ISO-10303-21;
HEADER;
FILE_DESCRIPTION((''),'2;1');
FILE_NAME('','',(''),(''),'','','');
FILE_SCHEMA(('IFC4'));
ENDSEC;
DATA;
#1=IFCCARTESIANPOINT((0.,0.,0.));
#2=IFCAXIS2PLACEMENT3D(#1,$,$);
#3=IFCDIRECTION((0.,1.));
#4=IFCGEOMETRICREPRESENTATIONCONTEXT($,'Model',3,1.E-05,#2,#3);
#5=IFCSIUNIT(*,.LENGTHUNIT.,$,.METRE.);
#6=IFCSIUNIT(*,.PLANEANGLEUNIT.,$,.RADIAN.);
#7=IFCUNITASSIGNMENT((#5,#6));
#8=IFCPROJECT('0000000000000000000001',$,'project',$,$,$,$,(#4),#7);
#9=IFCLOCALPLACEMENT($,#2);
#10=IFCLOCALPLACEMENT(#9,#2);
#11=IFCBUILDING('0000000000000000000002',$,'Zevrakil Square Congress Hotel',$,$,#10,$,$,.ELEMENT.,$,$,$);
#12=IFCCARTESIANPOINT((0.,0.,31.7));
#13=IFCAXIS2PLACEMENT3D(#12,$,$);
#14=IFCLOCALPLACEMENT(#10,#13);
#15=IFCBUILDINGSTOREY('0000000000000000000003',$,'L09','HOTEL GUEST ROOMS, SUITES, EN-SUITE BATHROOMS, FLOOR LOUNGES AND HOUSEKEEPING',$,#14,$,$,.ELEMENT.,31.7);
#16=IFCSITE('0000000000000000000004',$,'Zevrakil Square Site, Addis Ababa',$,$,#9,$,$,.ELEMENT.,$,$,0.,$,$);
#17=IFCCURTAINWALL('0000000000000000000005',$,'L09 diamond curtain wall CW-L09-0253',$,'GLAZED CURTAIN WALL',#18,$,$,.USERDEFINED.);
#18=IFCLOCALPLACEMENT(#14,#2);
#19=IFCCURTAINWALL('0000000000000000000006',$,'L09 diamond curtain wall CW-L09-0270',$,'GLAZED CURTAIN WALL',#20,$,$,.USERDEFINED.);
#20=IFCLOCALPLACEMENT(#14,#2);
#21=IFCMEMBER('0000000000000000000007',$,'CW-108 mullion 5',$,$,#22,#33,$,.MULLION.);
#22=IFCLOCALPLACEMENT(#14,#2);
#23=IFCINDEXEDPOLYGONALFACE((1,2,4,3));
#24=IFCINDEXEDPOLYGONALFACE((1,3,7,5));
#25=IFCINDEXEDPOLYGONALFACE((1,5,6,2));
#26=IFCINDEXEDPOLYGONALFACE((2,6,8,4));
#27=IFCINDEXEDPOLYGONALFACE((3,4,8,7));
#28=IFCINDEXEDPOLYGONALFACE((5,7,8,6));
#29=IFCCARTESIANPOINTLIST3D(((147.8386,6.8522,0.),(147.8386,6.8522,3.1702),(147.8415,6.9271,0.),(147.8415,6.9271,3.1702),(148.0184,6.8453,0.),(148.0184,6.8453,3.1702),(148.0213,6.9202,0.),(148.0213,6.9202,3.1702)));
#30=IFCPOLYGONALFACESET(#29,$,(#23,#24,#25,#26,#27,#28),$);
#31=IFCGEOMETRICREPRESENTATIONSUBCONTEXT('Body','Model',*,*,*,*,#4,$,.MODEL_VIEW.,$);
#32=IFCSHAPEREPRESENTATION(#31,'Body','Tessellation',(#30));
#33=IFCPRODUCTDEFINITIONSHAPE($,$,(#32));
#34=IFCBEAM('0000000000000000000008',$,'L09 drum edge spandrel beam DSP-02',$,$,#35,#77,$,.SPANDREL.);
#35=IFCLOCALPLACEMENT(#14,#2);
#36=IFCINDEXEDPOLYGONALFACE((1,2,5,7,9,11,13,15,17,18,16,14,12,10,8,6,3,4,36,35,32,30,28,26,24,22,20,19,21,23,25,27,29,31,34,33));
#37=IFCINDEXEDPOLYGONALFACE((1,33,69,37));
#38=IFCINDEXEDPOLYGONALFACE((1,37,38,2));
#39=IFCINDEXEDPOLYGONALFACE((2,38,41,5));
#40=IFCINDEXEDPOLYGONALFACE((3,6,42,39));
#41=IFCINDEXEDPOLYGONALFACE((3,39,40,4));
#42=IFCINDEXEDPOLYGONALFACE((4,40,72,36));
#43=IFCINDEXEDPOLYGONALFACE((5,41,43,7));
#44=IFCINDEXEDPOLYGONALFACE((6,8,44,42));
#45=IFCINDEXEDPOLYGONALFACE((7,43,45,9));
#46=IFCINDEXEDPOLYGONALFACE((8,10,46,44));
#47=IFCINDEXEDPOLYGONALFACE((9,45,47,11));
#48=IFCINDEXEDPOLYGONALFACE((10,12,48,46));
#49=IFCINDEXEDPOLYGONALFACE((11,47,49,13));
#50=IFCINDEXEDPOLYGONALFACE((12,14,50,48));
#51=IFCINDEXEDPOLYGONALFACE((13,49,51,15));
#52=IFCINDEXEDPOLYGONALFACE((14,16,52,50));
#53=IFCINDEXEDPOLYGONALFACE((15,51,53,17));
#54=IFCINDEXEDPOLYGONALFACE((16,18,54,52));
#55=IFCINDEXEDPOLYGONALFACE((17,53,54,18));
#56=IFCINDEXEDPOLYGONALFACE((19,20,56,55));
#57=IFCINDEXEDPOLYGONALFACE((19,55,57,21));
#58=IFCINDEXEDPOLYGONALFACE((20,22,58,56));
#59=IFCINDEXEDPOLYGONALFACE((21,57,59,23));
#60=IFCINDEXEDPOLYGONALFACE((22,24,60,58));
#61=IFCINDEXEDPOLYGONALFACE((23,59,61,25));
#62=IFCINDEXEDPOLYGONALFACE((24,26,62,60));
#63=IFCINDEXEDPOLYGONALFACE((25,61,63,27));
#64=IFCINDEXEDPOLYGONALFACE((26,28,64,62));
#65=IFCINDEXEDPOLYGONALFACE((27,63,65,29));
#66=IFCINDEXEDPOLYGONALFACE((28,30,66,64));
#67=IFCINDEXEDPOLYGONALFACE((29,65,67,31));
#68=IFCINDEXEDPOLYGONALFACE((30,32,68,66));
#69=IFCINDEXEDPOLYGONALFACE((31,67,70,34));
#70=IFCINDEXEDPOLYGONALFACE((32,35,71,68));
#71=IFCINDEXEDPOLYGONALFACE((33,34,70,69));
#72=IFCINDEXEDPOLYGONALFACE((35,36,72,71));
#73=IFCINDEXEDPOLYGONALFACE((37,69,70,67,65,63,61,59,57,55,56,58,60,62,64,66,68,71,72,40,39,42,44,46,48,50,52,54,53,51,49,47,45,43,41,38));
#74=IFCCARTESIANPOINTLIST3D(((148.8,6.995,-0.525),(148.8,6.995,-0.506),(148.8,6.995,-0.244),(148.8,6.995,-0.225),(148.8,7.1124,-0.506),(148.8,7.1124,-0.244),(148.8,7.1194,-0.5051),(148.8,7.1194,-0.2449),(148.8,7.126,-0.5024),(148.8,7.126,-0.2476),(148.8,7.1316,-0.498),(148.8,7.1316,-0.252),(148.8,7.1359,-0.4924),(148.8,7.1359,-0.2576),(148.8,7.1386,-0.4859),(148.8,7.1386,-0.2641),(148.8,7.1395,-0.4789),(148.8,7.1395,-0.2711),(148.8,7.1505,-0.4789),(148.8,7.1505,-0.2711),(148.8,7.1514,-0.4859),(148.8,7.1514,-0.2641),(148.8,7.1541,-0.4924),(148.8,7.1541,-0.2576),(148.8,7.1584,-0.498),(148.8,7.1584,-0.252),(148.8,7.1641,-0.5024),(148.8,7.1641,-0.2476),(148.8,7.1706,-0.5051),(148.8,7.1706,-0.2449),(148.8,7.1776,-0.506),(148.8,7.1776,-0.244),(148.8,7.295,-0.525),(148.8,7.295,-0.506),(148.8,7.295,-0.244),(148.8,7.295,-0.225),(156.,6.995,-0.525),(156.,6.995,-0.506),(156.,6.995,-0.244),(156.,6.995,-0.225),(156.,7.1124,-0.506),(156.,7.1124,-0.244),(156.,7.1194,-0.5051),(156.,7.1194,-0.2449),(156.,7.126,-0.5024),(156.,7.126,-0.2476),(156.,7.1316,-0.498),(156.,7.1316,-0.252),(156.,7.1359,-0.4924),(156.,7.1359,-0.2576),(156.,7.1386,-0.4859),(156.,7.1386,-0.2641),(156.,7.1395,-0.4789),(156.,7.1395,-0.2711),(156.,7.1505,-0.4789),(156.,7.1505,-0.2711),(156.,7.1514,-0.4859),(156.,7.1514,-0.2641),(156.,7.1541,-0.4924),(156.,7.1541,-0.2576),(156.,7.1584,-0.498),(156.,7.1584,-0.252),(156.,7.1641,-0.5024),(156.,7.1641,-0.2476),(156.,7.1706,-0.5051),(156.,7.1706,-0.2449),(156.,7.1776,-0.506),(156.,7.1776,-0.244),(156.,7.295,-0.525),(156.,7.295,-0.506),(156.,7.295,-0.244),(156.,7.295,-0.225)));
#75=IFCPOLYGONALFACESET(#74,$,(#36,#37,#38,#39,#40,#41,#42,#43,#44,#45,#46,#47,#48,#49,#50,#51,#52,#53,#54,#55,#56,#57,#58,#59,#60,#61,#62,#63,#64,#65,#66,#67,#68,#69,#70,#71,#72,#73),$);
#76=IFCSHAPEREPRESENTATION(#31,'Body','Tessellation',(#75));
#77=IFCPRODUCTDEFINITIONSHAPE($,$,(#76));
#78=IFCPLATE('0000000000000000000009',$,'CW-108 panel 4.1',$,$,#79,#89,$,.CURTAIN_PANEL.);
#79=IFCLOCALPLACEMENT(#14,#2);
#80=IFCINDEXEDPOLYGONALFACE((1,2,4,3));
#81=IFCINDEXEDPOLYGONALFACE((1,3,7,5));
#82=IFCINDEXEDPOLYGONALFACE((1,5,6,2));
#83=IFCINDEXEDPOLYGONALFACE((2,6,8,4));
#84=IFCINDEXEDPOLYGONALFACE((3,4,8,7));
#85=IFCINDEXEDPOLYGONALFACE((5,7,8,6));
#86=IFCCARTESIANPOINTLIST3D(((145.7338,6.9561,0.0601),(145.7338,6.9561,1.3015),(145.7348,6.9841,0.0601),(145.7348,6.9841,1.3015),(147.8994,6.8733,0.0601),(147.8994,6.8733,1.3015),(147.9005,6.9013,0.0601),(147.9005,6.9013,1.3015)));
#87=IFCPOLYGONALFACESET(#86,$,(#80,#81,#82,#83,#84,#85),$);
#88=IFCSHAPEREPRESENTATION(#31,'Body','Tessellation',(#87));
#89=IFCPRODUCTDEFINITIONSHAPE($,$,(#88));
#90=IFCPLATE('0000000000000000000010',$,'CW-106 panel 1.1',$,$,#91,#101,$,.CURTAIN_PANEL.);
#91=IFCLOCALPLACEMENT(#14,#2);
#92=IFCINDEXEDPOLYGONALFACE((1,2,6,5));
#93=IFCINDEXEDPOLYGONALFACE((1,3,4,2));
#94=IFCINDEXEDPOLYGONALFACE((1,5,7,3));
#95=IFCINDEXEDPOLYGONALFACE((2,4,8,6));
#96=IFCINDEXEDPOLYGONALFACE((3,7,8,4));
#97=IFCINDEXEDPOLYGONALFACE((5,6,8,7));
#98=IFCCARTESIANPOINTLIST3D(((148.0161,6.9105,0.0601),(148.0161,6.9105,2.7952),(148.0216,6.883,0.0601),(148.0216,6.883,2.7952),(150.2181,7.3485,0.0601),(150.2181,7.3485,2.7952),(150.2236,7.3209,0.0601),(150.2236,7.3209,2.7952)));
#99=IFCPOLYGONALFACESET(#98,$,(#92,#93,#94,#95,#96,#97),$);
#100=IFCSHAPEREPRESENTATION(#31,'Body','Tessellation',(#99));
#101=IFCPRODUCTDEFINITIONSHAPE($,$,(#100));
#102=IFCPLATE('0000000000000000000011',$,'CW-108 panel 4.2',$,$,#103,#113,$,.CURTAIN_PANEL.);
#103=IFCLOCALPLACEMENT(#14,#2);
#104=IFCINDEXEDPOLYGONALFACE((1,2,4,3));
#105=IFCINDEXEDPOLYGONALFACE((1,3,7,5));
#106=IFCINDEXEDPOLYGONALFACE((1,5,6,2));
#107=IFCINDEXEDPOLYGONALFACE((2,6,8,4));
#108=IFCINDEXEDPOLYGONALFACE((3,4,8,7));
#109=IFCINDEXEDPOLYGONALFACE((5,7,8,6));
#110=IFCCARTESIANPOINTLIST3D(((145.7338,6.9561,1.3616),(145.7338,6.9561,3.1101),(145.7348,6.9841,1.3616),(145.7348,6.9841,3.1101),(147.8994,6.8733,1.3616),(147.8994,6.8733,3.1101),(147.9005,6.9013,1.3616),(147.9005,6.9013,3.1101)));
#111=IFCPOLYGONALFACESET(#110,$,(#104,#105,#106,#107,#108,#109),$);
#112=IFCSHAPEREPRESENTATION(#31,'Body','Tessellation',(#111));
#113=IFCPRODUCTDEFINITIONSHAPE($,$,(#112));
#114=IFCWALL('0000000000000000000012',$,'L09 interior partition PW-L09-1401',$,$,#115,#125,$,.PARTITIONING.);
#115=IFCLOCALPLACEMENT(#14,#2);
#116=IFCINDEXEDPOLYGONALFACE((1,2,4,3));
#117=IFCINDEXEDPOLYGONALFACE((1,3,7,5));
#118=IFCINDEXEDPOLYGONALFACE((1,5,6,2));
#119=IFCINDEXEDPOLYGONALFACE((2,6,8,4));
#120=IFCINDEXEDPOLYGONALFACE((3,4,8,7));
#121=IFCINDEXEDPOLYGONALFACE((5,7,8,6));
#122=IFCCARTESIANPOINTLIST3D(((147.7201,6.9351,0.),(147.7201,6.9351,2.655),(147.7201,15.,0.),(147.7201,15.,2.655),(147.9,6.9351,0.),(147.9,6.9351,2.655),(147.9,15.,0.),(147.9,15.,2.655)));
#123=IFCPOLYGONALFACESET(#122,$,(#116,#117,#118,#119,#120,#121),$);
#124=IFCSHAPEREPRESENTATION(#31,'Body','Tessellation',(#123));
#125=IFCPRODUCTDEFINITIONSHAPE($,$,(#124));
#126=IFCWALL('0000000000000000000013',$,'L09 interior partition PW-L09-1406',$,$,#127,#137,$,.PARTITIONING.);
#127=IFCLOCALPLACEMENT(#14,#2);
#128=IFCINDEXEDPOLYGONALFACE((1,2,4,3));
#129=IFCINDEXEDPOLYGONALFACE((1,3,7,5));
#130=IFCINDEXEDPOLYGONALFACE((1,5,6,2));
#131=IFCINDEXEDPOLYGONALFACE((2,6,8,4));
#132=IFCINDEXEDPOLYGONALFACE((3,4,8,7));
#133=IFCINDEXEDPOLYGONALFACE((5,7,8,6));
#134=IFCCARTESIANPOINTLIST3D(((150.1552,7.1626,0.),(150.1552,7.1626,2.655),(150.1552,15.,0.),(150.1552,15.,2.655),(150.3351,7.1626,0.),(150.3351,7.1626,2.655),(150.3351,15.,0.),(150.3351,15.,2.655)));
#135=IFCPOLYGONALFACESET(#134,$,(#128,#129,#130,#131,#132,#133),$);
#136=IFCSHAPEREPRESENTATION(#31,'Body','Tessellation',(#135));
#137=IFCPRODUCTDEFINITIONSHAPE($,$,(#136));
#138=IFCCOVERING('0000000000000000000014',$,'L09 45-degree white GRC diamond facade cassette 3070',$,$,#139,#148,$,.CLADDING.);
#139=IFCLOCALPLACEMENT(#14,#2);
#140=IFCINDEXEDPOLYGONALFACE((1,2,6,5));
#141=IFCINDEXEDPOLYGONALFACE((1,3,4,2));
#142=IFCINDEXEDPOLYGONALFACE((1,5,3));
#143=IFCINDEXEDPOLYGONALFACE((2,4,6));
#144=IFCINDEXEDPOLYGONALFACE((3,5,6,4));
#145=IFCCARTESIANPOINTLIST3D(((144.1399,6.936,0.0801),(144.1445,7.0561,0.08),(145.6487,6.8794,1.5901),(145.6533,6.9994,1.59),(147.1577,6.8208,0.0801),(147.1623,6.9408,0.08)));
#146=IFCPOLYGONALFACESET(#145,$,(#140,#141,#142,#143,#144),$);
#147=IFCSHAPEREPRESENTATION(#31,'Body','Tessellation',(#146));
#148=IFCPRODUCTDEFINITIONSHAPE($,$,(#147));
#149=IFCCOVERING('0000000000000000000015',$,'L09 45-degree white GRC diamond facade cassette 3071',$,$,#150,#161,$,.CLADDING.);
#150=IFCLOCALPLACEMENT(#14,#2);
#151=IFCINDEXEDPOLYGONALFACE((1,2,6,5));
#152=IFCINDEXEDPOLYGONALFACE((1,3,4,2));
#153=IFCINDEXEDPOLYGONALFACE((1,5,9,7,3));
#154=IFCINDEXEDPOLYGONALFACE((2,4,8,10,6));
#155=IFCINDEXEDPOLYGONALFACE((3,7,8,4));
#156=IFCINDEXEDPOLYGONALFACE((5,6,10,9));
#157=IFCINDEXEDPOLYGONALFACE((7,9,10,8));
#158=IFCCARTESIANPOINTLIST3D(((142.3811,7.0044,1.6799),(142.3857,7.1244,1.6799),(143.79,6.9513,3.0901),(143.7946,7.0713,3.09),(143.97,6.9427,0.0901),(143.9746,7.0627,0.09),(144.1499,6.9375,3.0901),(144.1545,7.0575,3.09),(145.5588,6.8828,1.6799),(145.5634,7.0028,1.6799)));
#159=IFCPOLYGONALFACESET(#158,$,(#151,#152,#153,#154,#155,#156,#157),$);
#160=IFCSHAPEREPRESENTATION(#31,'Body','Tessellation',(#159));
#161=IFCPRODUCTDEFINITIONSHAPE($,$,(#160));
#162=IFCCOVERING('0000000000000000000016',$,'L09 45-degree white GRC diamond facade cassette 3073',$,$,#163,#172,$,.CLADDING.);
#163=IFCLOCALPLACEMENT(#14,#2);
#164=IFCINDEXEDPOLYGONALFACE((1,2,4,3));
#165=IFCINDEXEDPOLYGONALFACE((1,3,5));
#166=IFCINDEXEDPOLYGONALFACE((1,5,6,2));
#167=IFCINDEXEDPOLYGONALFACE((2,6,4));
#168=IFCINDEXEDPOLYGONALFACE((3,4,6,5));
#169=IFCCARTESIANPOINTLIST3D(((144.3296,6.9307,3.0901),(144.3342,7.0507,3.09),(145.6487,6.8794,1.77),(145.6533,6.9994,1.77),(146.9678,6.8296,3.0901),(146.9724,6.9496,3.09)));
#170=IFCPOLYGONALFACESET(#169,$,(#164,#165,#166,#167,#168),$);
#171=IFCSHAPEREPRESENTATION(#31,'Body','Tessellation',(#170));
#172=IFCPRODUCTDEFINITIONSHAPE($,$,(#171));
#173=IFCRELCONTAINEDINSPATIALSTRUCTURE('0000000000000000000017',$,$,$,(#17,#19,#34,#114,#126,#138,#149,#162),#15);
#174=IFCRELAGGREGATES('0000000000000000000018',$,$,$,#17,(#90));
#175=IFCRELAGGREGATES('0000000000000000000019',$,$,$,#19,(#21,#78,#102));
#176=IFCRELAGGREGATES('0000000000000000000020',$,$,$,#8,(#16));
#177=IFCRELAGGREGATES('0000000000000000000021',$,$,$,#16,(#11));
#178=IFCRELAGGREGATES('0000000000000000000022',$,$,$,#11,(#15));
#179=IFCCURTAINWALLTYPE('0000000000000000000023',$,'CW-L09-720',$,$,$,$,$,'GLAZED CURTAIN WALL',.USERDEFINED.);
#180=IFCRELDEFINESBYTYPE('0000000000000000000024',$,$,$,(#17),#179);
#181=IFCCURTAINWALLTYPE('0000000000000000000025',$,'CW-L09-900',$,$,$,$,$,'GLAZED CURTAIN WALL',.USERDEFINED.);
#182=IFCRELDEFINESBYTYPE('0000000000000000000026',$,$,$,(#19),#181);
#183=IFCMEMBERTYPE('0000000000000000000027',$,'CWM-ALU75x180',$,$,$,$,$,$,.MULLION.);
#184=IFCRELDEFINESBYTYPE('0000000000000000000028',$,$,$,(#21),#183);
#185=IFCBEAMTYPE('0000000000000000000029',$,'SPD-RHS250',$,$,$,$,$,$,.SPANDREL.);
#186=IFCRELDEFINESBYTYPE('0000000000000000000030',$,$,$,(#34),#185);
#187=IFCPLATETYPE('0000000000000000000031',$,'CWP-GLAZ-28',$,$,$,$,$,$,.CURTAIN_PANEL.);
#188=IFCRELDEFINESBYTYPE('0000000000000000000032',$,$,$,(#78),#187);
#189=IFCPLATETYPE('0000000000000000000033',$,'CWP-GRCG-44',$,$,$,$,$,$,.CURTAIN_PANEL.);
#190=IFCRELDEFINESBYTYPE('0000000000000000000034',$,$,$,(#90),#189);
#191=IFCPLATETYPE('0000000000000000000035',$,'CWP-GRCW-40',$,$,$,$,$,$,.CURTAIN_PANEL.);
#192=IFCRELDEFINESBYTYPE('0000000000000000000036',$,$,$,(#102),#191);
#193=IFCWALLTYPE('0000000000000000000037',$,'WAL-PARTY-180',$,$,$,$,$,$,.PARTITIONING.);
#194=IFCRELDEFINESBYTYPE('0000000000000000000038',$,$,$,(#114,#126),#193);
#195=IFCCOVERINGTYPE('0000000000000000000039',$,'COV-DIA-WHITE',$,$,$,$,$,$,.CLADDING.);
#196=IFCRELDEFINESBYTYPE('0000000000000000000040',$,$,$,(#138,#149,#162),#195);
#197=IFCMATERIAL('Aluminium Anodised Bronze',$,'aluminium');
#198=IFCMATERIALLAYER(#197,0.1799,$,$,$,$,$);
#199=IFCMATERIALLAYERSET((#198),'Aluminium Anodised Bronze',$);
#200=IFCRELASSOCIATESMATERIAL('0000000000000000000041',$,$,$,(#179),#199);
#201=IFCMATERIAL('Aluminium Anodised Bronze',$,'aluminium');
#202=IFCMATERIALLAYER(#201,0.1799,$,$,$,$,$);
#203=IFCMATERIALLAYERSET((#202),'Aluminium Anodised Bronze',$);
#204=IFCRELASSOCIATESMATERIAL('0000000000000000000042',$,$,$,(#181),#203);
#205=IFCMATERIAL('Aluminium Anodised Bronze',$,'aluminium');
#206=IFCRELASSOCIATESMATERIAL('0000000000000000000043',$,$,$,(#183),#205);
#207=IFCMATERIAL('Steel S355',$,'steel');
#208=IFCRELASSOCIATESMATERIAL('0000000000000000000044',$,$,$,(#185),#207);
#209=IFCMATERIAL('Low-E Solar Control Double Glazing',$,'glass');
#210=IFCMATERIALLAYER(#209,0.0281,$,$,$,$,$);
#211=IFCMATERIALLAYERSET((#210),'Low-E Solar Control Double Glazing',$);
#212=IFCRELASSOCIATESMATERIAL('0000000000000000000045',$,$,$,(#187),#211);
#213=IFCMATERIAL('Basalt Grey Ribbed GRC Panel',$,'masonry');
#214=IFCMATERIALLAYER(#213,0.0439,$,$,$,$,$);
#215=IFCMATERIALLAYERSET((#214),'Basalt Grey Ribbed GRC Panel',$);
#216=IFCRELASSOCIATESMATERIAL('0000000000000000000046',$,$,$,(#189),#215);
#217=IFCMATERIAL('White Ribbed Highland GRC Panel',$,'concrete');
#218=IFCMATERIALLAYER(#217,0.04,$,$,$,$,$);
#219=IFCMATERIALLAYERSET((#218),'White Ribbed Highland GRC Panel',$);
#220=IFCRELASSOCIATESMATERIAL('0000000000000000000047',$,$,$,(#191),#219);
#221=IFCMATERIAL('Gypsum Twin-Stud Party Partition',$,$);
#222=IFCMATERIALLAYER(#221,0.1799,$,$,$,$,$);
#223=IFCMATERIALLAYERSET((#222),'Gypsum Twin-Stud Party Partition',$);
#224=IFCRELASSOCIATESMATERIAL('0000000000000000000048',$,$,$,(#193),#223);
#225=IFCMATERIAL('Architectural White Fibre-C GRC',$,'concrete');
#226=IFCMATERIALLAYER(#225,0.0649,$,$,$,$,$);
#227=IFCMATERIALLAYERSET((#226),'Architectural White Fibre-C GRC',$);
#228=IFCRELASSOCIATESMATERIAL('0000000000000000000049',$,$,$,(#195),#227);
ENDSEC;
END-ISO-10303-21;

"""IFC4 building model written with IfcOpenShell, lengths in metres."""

from ifc_helpers import new_model, si_unit, direction, frame, frame_2d, origin, origin_2d, place, context, subcontext, project, spatial, polyline, rectangle, i_section, outline, extrude, material, layer, layer_set, material_profile, profile_set, type_object, element, aggregate, save


model = new_model("IFC4")

# Units and contexts
model_context = context("Model", 3, precision=1e-05, world=origin(), true_north=direction((0.0, 1.0)))
body_context = subcontext(model_context, "Body", "Model", "MODEL_VIEW")
ifc_project = project(units=[si_unit("LENGTHUNIT", "METRE"), si_unit("PLANEANGLEUNIT", "RADIAN")], contexts=[model_context])

# Site, building, storey
site_placement = place(None, origin())
site = spatial("IfcSite", under=ifc_project, at=site_placement, Name="Zevrakil Square Site, Addis Ababa", CompositionType="ELEMENT", RefElevation=0.0)
building_placement = place(site_placement, origin())
building = spatial("IfcBuilding", under=site, at=building_placement, Name="Zevrakil Square Congress Hotel", CompositionType="ELEMENT")
storey_placement = place(building_placement, frame((0.0, 0.0, 31.7)))
storey = spatial("IfcBuildingStorey", under=building, at=storey_placement, Name="L09", Description="HOTEL GUEST ROOMS, SUITES, EN-SUITE BATHROOMS, FLOOR LOUNGES AND HOUSEKEEPING", CompositionType="ELEMENT", Elevation=31.7)

# Curtain walls
ifc_material_1 = material(Name="Aluminium Anodised Bronze", Category="aluminium")
ifc_layer_1 = layer(ifc_material_1, 0.1799)
ifc_layer_set_1 = layer_set([ifc_layer_1], Name="Aluminium Anodised Bronze")
curtain_wall_type_1 = type_object("IfcCurtainWallType", Name="CW-L09-720", ElementType="GLAZED CURTAIN WALL", PredefinedType="USERDEFINED", material=ifc_layer_set_1)
curtain_wall_1_placement = place(storey_placement, origin())
curtain_wall_1 = element("IfcCurtainWall", 1, at=curtain_wall_1_placement, inside=storey, type_object=curtain_wall_type_1, Name="L09 diamond curtain wall CW-L09-0253", ObjectType="GLAZED CURTAIN WALL", PredefinedType="USERDEFINED")
ifc_material_2 = material(Name="Aluminium Anodised Bronze", Category="aluminium")
ifc_layer_2 = layer(ifc_material_2, 0.1799)
ifc_layer_set_2 = layer_set([ifc_layer_2], Name="Aluminium Anodised Bronze")
curtain_wall_type_2 = type_object("IfcCurtainWallType", Name="CW-L09-900", ElementType="GLAZED CURTAIN WALL", PredefinedType="USERDEFINED", material=ifc_layer_set_2)
curtain_wall_2_placement = place(storey_placement, origin())
curtain_wall_2 = element("IfcCurtainWall", 2, at=curtain_wall_2_placement, inside=storey, type_object=curtain_wall_type_2, Name="L09 diamond curtain wall CW-L09-0270", ObjectType="GLAZED CURTAIN WALL", PredefinedType="USERDEFINED")

# Member
ifc_material_3 = material(Name="Aluminium Anodised Bronze", Category="aluminium")
ifc_material_profile_1 = material_profile(ifc_material_3, rectangle(XDim=0.075, YDim=0.1799, at=origin_2d()), Name="ALU 75x180")
ifc_profile_set_1 = profile_set([ifc_material_profile_1], Name="Aluminium Anodised Bronze")
member_type_1 = type_object("IfcMemberType", Name="CWM-ALU75x180", PredefinedType="MULLION", material=ifc_profile_set_1)
member_1_placement = place(storey_placement, frame((147.9299, 6.8862, 0.0), z_axis=(0.0, 0.0, 1.0), x_axis=(0.038209, 0.99927, 0.0)))
member_1 = element("IfcMember", 3, at=member_1_placement, type_object=member_type_1, Name="CW-108 mullion 5", PredefinedType="MULLION", context=body_context, shape_type="SweptSolid", body=[
    extrude(rectangle(XDim=0.075, YDim=0.1799, at=origin_2d()), origin(), (0.0, 0.0, 1.0), 3.1702),
])

# Beam
ifc_material_4 = material(Name="Steel S355", Category="steel")
ifc_material_profile_2 = material_profile(ifc_material_4, i_section(OverallWidth=0.3, OverallDepth=0.3, WebThickness=0.011, FlangeThickness=0.019, FilletRadius=0.0271, at=origin_2d()), Name="HEB 300")
ifc_profile_set_2 = profile_set([ifc_material_profile_2], Name="Steel S355")
beam_type = type_object("IfcBeamType", Name="SPD-RHS250", PredefinedType="SPANDREL", material=ifc_profile_set_2)
beam_placement = place(storey_placement, frame((148.8, 7.145, -0.375), z_axis=(1.0, 0.0, 0.0), x_axis=(0.0, 1.0, 0.0)))
element("IfcBeam", 4, at=beam_placement, inside=storey, type_object=beam_type, Name="L09 drum edge spandrel beam DSP-02", PredefinedType="SPANDREL", context=body_context, shape_type="SweptSolid", body=[
    extrude(i_section(OverallWidth=0.3, OverallDepth=0.3, WebThickness=0.011, FlangeThickness=0.019, FilletRadius=0.0271, at=origin_2d()), origin(), (0.0, 0.0, 1.0), 7.2),
])

# Plates
ifc_material_5 = material(Name="Low-E Solar Control Double Glazing", Category="glass")
ifc_layer_3 = layer(ifc_material_5, 0.0281)
ifc_layer_set_3 = layer_set([ifc_layer_3], Name="Low-E Solar Control Double Glazing")
plate_type_1 = type_object("IfcPlateType", Name="CWP-GLAZ-28", PredefinedType="CURTAIN_PANEL", material=ifc_layer_set_3)
plate_1_placement = place(storey_placement, frame((146.8171, 6.9287, 0.0601), z_axis=(0.0, 0.0, 1.0), x_axis=(0.99927, -0.038209, 0.0)))
plate_1 = element("IfcPlate", 5, at=plate_1_placement, type_object=plate_type_1, Name="CW-108 panel 4.1", PredefinedType="CURTAIN_PANEL", context=body_context, shape_type="SweptSolid", body=[
    extrude(rectangle(XDim=2.1672, YDim=0.0281, at=origin_2d()), origin(), (0.0, 0.0, 1.0), 1.2415),
])
ifc_material_6 = material(Name="Basalt Grey Ribbed GRC Panel", Category="masonry")
ifc_layer_4 = layer(ifc_material_6, 0.0439)
ifc_layer_set_4 = layer_set([ifc_layer_4], Name="Basalt Grey Ribbed GRC Panel")
plate_type_2 = type_object("IfcPlateType", Name="CWP-GRCG-44", PredefinedType="CURTAIN_PANEL", material=ifc_layer_set_4)
plate_2_placement = place(storey_placement, frame((149.1199, 7.1157, 0.0601), z_axis=(0.0, 0.0, 1.0), x_axis=(0.980787, 0.195084, 0.0)))
plate_2 = element("IfcPlate", 6, at=plate_2_placement, type_object=plate_type_2, Name="CW-106 panel 1.1", PredefinedType="CURTAIN_PANEL", context=body_context, shape_type="SweptSolid", body=[
    extrude(rectangle(XDim=2.2451, YDim=0.0281, at=origin_2d()), origin(), (0.0, 0.0, 1.0), 2.7351),
])
aggregate(curtain_wall_1, [plate_2])
ifc_material_7 = material(Name="White Ribbed Highland GRC Panel", Category="concrete")
ifc_layer_5 = layer(ifc_material_7, 0.04)
ifc_layer_set_5 = layer_set([ifc_layer_5], Name="White Ribbed Highland GRC Panel")
plate_type_3 = type_object("IfcPlateType", Name="CWP-GRCW-40", PredefinedType="CURTAIN_PANEL", material=ifc_layer_set_5)
plate_3_placement = place(storey_placement, frame((146.8171, 6.9287, 1.3616), z_axis=(0.0, 0.0, 1.0), x_axis=(0.99927, -0.038209, 0.0)))
plate_3 = element("IfcPlate", 7, at=plate_3_placement, type_object=plate_type_3, Name="CW-108 panel 4.2", PredefinedType="CURTAIN_PANEL", context=body_context, shape_type="SweptSolid", body=[
    extrude(rectangle(XDim=2.1672, YDim=0.0281, at=origin_2d()), origin(), (0.0, 0.0, 1.0), 1.7485),
])
aggregate(curtain_wall_2, [member_1, plate_1, plate_3])

# Walls
ifc_material_8 = material(Name="Gypsum Twin-Stud Party Partition")
ifc_layer_6 = layer(ifc_material_8, 0.1799)
ifc_layer_set_6 = layer_set([ifc_layer_6], Name="Gypsum Twin-Stud Party Partition")
wall_type = type_object("IfcWallType", Name="WAL-PARTY-180", PredefinedType="PARTITIONING", material=ifc_layer_set_6)
wall_1_placement = place(storey_placement, frame((147.8101, 6.9351, 0.0), z_axis=(0.0, 0.0, 1.0), x_axis=(0.0, 1.0, 0.0)))
element("IfcWall", 8, at=wall_1_placement, inside=storey, type_object=wall_type, Name="L09 interior partition PW-L09-1401", PredefinedType="PARTITIONING", context=body_context, shape_type="SweptSolid", body=[
    extrude(rectangle(XDim=8.0649, YDim=0.1799, at=frame_2d((4.0325, 0.0))), origin(), (0.0, 0.0, 1.0), 2.655),
])
wall_2_placement = place(storey_placement, frame((150.2451, 7.1626, 0.0), z_axis=(0.0, 0.0, 1.0), x_axis=(0.0, 1.0, 0.0)))
element("IfcWall", 9, at=wall_2_placement, inside=storey, type_object=wall_type, Name="L09 interior partition PW-L09-1406", PredefinedType="PARTITIONING", context=body_context, shape_type="SweptSolid", body=[
    extrude(rectangle(XDim=7.8374, YDim=0.1799, at=frame_2d((3.9187, 0.0))), origin(), (0.0, 0.0, 1.0), 2.655),
])

# Coverings
ifc_material_9 = material(Name="Architectural White Fibre-C GRC", Category="concrete")
ifc_layer_7 = layer(ifc_material_9, 0.0649)
ifc_layer_set_7 = layer_set([ifc_layer_7], Name="Architectural White Fibre-C GRC")
covering_type_1 = type_object("IfcCoveringType", Name="COV-DIA-WHITE", PredefinedType="CLADDING", material=ifc_layer_set_7)
covering_1_placement = place(storey_placement, frame((145.6487, 6.8794, 1.5901), z_axis=(-0.038157, -0.999272, 0.000643), x_axis=(0.706612, -0.027437, -0.707069)))
element("IfcCovering", 10, at=covering_1_placement, inside=storey, type_object=covering_type_1, Name="L09 45-degree white GRC diamond facade cassette 3070", PredefinedType="CLADDING", context=body_context, shape_type="SweptSolid", body=[
    extrude(outline(polyline([(0.0, 0.0), (2.1356, 0.0), (0.0, -2.1354), (0.0, 0.0)])), origin(), (0.0, 0.0, -1.0), 0.1201),
])
covering_2_placement = place(storey_placement, frame((145.5588, 6.8828, 1.6799), z_axis=(-0.038219, -0.999269, 0.000567), x_axis=(-0.706638, 0.026626, -0.707074)))
element("IfcCovering", 11, at=covering_2_placement, inside=storey, type_object=covering_type_1, Name="L09 45-degree white GRC diamond facade cassette 3071", PredefinedType="CLADDING", context=body_context, shape_type="SweptSolid", body=[
    extrude(outline(polyline([(0.0, 0.0), (2.2485, 0.0), (2.2487, -2.2485), (0.2546, -2.2488), (0.0, -1.9941), (0.0, 0.0)])), origin(), (0.0, 0.0, -1.0), 0.1201),
])
covering_3_placement = place(storey_placement, frame((145.6487, 6.8794, 1.77), z_axis=(-0.038284, -0.999267, 0.000554), x_axis=(-0.706578, 0.027463, 0.707102)))
element("IfcCovering", 12, at=covering_3_placement, inside=storey, type_object=covering_type_1, Name="L09 45-degree white GRC diamond facade cassette 3073", PredefinedType="CLADDING", context=body_context, shape_type="SweptSolid", body=[
    extrude(outline(polyline([(0.0, 0.0), (1.8669, 0.0), (0.0, -1.8668), (0.0, 0.0)])), origin(), (0.0, 0.0, -1.0), 0.1201),
])

save(model, "model.ifc")
